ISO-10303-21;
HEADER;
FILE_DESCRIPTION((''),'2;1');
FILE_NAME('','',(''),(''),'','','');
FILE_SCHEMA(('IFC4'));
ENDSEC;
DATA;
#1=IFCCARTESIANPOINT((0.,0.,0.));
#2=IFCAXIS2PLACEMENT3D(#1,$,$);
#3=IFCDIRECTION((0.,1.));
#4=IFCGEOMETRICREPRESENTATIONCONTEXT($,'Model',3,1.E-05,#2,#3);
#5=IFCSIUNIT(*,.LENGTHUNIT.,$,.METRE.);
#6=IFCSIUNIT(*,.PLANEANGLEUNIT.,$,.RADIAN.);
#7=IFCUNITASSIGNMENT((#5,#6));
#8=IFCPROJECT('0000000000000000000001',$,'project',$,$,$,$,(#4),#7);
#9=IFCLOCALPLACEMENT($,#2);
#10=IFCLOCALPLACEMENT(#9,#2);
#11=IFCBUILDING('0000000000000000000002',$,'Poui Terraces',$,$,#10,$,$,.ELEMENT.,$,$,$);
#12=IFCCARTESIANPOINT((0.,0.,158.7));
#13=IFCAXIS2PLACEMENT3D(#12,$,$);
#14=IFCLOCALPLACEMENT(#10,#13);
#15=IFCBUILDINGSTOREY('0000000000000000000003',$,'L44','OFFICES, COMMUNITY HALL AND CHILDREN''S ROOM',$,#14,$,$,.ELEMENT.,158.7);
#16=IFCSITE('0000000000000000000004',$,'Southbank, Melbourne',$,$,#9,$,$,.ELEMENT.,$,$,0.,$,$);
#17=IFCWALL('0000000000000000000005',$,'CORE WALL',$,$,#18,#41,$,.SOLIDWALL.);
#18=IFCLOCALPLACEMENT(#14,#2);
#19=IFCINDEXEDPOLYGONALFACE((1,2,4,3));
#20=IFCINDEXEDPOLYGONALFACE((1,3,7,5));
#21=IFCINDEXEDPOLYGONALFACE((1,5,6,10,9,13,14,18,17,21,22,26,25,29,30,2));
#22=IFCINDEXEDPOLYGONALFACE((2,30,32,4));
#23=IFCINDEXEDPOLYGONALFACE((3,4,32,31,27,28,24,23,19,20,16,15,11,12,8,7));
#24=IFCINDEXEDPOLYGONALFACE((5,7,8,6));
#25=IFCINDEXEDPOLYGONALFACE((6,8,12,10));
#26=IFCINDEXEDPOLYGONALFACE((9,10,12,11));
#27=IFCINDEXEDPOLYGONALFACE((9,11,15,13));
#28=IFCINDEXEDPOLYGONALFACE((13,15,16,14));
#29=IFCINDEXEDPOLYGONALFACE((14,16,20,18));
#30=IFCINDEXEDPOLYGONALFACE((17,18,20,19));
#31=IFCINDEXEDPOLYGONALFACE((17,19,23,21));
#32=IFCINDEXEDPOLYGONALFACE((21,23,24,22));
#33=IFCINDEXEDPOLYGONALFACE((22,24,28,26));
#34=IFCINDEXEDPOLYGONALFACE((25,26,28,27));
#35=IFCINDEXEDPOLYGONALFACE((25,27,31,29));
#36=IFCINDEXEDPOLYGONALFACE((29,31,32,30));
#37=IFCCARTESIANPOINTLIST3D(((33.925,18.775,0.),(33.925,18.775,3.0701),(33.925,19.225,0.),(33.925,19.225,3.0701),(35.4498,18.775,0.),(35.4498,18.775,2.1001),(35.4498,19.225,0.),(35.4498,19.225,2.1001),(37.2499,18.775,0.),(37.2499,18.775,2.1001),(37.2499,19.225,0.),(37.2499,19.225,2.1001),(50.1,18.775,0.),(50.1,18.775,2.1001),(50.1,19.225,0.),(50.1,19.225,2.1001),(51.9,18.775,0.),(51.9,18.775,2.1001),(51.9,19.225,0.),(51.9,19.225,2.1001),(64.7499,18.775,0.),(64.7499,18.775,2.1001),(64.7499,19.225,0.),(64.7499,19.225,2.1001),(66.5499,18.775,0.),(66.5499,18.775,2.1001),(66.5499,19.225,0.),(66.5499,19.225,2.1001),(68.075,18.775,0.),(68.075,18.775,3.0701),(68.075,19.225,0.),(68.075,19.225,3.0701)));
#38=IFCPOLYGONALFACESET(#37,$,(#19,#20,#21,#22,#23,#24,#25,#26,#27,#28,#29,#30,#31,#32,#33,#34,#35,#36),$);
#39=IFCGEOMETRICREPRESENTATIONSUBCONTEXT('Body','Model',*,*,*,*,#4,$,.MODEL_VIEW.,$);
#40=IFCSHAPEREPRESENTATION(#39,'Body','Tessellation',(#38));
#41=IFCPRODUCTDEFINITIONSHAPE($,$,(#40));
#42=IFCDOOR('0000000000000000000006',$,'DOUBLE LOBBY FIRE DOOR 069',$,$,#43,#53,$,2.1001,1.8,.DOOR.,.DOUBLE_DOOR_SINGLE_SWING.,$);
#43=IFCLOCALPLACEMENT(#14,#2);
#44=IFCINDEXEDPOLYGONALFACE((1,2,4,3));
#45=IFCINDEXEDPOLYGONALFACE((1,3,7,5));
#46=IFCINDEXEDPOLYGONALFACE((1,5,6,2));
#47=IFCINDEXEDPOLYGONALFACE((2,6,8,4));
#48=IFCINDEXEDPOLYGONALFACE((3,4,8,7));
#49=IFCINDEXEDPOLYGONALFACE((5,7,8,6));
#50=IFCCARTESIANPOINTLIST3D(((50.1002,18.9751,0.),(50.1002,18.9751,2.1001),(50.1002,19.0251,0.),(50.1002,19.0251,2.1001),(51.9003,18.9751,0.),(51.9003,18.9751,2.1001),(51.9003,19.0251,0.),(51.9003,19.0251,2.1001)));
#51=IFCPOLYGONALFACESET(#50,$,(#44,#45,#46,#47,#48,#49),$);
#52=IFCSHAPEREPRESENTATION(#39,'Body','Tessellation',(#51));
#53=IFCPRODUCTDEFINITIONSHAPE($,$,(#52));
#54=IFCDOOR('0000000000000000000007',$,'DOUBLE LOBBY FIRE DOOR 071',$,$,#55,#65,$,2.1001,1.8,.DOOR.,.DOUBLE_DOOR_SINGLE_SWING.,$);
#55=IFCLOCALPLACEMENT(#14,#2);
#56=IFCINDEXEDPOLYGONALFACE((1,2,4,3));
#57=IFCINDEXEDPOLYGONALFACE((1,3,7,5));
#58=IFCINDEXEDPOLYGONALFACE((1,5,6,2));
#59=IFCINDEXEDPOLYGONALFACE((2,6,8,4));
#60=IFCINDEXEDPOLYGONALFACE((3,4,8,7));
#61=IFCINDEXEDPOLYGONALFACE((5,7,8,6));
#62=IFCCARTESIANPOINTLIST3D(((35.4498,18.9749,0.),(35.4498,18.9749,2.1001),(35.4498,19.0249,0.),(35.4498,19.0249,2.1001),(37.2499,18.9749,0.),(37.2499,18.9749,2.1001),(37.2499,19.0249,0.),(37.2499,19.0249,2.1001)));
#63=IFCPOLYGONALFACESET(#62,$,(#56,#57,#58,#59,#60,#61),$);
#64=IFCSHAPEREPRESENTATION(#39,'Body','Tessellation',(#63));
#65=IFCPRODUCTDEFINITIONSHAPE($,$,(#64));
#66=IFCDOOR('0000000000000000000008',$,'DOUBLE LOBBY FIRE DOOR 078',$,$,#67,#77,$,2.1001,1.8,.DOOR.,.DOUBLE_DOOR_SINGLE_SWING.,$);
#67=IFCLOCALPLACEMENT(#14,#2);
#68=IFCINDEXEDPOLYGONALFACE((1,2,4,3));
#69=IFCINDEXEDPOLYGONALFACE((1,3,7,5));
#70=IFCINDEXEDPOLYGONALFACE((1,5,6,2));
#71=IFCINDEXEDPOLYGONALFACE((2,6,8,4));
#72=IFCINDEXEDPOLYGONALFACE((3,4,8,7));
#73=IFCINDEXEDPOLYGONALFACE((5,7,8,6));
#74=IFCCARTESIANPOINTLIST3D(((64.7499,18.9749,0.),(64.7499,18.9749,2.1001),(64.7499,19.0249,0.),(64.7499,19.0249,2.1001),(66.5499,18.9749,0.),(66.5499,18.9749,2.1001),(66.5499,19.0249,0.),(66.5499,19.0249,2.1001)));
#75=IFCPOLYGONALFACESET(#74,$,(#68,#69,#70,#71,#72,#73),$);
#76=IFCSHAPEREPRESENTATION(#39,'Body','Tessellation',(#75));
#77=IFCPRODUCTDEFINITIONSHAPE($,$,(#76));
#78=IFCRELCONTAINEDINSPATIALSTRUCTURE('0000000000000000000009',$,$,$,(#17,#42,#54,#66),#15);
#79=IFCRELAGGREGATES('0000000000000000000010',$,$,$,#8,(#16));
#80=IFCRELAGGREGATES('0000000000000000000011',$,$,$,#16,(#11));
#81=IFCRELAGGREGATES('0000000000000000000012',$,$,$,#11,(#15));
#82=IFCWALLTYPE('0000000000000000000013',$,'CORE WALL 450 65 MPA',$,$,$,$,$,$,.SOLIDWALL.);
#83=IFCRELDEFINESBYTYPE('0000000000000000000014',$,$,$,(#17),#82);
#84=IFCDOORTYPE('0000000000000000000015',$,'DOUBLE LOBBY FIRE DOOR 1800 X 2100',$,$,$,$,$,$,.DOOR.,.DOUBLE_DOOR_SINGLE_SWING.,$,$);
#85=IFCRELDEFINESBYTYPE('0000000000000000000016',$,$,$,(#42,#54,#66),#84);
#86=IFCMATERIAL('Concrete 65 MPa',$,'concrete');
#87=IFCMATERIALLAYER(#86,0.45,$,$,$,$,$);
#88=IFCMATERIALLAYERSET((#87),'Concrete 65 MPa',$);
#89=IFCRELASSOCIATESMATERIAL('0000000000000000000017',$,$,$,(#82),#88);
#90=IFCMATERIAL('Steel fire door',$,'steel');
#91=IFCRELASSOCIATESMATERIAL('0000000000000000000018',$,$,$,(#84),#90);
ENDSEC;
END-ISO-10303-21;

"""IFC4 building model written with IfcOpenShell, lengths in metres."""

from ifc_helpers import new_model, si_unit, direction, frame, frame_2d, origin, place, context, subcontext, project, spatial, rectangle, extrude, material, layer, layer_set, type_object, element, fill, save


model = new_model("IFC4")

# Units and contexts
model_context = context("Model", 3, precision=1e-05, world=origin(), true_north=direction((0.0, 1.0)))
body_context = subcontext(model_context, "Body", "Model", "MODEL_VIEW")
ifc_project = project(units=[si_unit("LENGTHUNIT", "METRE"), si_unit("PLANEANGLEUNIT", "RADIAN")], contexts=[model_context])

# Site, building, storey
site_placement = place(None, origin())
site = spatial("IfcSite", under=ifc_project, at=site_placement, Name="Southbank, Melbourne", CompositionType="ELEMENT", RefElevation=0.0)
building_placement = place(site_placement, origin())
building = spatial("IfcBuilding", under=site, at=building_placement, Name="Poui Terraces", CompositionType="ELEMENT")
storey_placement = place(building_placement, frame((0.0, 0.0, 158.7)))
storey = spatial("IfcBuildingStorey", under=building, at=storey_placement, Name="L44", Description="OFFICES, COMMUNITY HALL AND CHILDREN'S ROOM", CompositionType="ELEMENT", Elevation=158.7)

# Wall, openings, doors
ifc_material_1 = material(Name="Concrete 65 MPa", Category="concrete")
ifc_layer_1 = layer(ifc_material_1, 0.45)
ifc_layer_set_1 = layer_set([ifc_layer_1], Name="Concrete 65 MPa")
wall_type_1 = type_object("IfcWallType", Name="CORE WALL 450 65 MPA", PredefinedType="SOLIDWALL", material=ifc_layer_set_1)
wall_1_placement = place(storey_placement, frame((33.925, 19.0, 0.0), z_axis=(0.0, 0.0, 1.0), x_axis=(1.0, 0.0, 0.0)))
wall_1 = element("IfcWall", 1, at=wall_1_placement, inside=storey, type_object=wall_type_1, Name="CORE WALL", PredefinedType="SOLIDWALL", context=body_context, shape_type="SweptSolid", body=[
    extrude(rectangle(XDim=34.1499, YDim=0.45, at=frame_2d((17.075, 0.0))), origin(), (0.0, 0.0, 1.0), 3.0701),
])
opening_1_placement = place(wall_1_placement, frame((16.175, 0.0, 0.0)))
opening_1 = element("IfcOpeningElement", 2, at=opening_1_placement, cuts=wall_1, PredefinedType="OPENING", context=body_context, shape_type="SweptSolid", body=[
    extrude(rectangle(XDim=1.8, YDim=2.1001, at=frame_2d((0.8999, 1.05))), frame((0.0, 0.2349, 0.0), z_axis=(0.0, -1.0, 0.0), x_axis=(1.0, 0.0, 0.0)), (0.0, 0.0, 1.0), 0.47),
])
opening_2_placement = place(wall_1_placement, frame((1.5249, 0.0, 0.0)))
opening_2 = element("IfcOpeningElement", 3, at=opening_2_placement, cuts=wall_1, PredefinedType="OPENING", context=body_context, shape_type="SweptSolid", body=[
    extrude(rectangle(XDim=1.8, YDim=2.1001, at=frame_2d((0.8999, 1.05))), frame((0.0, 0.2349, 0.0), z_axis=(0.0, -1.0, 0.0), x_axis=(1.0, 0.0, 0.0)), (0.0, 0.0, 1.0), 0.47),
])
opening_3_placement = place(wall_1_placement, frame((30.825, 0.0, 0.0)))
opening_3 = element("IfcOpeningElement", 4, at=opening_3_placement, cuts=wall_1, PredefinedType="OPENING", context=body_context, shape_type="SweptSolid", body=[
    extrude(rectangle(XDim=1.8, YDim=2.1001, at=frame_2d((0.8999, 1.05))), frame((0.0, 0.2349, 0.0), z_axis=(0.0, -1.0, 0.0), x_axis=(1.0, 0.0, 0.0)), (0.0, 0.0, 1.0), 0.47),
])
ifc_material_2 = material(Name="Steel fire door", Category="steel")
door_type_1 = type_object("IfcDoorType", Name="DOUBLE LOBBY FIRE DOOR 1800 X 2100", OperationType="DOUBLE_DOOR_SINGLE_SWING", PredefinedType="DOOR", material=ifc_material_2)
door_1_placement = place(opening_1_placement, frame((1.8, 0.0, 0.0), z_axis=(0.0, 0.0, 1.0), x_axis=(-1.0, 0.0, 0.0)))
door_1 = element("IfcDoor", 5, at=door_1_placement, inside=storey, type_object=door_type_1, Name="DOUBLE LOBBY FIRE DOOR 069", OperationType="DOUBLE_DOOR_SINGLE_SWING", OverallHeight=2.1001, OverallWidth=1.8, PredefinedType="DOOR", context=body_context, shape_type="SweptSolid", body=[
    extrude(rectangle(XDim=1.8, YDim=2.1001, at=frame_2d((0.8999, 1.05))), frame((0.0, 0.0249, 0.0), z_axis=(0.0, -1.0, 0.0), x_axis=(1.0, 0.0, 0.0)), (0.0, 0.0, 1.0), 0.05),
])
fill(opening_1, door_1)
door_2_placement = place(opening_2_placement, origin())
door_2 = element("IfcDoor", 6, at=door_2_placement, inside=storey, type_object=door_type_1, Name="DOUBLE LOBBY FIRE DOOR 071", OperationType="DOUBLE_DOOR_SINGLE_SWING", OverallHeight=2.1001, OverallWidth=1.8, PredefinedType="DOOR", context=body_context, shape_type="SweptSolid", body=[
    extrude(rectangle(XDim=1.8, YDim=2.1001, at=frame_2d((0.8999, 1.05))), frame((0.0, 0.0249, 0.0), z_axis=(0.0, -1.0, 0.0), x_axis=(1.0, 0.0, 0.0)), (0.0, 0.0, 1.0), 0.05),
])
fill(opening_2, door_2)
door_3_placement = place(opening_3_placement, origin())
door_3 = element("IfcDoor", 7, at=door_3_placement, inside=storey, type_object=door_type_1, Name="DOUBLE LOBBY FIRE DOOR 078", OperationType="DOUBLE_DOOR_SINGLE_SWING", OverallHeight=2.1001, OverallWidth=1.8, PredefinedType="DOOR", context=body_context, shape_type="SweptSolid", body=[
    extrude(rectangle(XDim=1.8, YDim=2.1001, at=frame_2d((0.8999, 1.05))), frame((0.0, 0.0249, 0.0), z_axis=(0.0, -1.0, 0.0), x_axis=(1.0, 0.0, 0.0)), (0.0, 0.0, 1.0), 0.05),
])
fill(opening_3, door_3)

save(model, "model.ifc")
